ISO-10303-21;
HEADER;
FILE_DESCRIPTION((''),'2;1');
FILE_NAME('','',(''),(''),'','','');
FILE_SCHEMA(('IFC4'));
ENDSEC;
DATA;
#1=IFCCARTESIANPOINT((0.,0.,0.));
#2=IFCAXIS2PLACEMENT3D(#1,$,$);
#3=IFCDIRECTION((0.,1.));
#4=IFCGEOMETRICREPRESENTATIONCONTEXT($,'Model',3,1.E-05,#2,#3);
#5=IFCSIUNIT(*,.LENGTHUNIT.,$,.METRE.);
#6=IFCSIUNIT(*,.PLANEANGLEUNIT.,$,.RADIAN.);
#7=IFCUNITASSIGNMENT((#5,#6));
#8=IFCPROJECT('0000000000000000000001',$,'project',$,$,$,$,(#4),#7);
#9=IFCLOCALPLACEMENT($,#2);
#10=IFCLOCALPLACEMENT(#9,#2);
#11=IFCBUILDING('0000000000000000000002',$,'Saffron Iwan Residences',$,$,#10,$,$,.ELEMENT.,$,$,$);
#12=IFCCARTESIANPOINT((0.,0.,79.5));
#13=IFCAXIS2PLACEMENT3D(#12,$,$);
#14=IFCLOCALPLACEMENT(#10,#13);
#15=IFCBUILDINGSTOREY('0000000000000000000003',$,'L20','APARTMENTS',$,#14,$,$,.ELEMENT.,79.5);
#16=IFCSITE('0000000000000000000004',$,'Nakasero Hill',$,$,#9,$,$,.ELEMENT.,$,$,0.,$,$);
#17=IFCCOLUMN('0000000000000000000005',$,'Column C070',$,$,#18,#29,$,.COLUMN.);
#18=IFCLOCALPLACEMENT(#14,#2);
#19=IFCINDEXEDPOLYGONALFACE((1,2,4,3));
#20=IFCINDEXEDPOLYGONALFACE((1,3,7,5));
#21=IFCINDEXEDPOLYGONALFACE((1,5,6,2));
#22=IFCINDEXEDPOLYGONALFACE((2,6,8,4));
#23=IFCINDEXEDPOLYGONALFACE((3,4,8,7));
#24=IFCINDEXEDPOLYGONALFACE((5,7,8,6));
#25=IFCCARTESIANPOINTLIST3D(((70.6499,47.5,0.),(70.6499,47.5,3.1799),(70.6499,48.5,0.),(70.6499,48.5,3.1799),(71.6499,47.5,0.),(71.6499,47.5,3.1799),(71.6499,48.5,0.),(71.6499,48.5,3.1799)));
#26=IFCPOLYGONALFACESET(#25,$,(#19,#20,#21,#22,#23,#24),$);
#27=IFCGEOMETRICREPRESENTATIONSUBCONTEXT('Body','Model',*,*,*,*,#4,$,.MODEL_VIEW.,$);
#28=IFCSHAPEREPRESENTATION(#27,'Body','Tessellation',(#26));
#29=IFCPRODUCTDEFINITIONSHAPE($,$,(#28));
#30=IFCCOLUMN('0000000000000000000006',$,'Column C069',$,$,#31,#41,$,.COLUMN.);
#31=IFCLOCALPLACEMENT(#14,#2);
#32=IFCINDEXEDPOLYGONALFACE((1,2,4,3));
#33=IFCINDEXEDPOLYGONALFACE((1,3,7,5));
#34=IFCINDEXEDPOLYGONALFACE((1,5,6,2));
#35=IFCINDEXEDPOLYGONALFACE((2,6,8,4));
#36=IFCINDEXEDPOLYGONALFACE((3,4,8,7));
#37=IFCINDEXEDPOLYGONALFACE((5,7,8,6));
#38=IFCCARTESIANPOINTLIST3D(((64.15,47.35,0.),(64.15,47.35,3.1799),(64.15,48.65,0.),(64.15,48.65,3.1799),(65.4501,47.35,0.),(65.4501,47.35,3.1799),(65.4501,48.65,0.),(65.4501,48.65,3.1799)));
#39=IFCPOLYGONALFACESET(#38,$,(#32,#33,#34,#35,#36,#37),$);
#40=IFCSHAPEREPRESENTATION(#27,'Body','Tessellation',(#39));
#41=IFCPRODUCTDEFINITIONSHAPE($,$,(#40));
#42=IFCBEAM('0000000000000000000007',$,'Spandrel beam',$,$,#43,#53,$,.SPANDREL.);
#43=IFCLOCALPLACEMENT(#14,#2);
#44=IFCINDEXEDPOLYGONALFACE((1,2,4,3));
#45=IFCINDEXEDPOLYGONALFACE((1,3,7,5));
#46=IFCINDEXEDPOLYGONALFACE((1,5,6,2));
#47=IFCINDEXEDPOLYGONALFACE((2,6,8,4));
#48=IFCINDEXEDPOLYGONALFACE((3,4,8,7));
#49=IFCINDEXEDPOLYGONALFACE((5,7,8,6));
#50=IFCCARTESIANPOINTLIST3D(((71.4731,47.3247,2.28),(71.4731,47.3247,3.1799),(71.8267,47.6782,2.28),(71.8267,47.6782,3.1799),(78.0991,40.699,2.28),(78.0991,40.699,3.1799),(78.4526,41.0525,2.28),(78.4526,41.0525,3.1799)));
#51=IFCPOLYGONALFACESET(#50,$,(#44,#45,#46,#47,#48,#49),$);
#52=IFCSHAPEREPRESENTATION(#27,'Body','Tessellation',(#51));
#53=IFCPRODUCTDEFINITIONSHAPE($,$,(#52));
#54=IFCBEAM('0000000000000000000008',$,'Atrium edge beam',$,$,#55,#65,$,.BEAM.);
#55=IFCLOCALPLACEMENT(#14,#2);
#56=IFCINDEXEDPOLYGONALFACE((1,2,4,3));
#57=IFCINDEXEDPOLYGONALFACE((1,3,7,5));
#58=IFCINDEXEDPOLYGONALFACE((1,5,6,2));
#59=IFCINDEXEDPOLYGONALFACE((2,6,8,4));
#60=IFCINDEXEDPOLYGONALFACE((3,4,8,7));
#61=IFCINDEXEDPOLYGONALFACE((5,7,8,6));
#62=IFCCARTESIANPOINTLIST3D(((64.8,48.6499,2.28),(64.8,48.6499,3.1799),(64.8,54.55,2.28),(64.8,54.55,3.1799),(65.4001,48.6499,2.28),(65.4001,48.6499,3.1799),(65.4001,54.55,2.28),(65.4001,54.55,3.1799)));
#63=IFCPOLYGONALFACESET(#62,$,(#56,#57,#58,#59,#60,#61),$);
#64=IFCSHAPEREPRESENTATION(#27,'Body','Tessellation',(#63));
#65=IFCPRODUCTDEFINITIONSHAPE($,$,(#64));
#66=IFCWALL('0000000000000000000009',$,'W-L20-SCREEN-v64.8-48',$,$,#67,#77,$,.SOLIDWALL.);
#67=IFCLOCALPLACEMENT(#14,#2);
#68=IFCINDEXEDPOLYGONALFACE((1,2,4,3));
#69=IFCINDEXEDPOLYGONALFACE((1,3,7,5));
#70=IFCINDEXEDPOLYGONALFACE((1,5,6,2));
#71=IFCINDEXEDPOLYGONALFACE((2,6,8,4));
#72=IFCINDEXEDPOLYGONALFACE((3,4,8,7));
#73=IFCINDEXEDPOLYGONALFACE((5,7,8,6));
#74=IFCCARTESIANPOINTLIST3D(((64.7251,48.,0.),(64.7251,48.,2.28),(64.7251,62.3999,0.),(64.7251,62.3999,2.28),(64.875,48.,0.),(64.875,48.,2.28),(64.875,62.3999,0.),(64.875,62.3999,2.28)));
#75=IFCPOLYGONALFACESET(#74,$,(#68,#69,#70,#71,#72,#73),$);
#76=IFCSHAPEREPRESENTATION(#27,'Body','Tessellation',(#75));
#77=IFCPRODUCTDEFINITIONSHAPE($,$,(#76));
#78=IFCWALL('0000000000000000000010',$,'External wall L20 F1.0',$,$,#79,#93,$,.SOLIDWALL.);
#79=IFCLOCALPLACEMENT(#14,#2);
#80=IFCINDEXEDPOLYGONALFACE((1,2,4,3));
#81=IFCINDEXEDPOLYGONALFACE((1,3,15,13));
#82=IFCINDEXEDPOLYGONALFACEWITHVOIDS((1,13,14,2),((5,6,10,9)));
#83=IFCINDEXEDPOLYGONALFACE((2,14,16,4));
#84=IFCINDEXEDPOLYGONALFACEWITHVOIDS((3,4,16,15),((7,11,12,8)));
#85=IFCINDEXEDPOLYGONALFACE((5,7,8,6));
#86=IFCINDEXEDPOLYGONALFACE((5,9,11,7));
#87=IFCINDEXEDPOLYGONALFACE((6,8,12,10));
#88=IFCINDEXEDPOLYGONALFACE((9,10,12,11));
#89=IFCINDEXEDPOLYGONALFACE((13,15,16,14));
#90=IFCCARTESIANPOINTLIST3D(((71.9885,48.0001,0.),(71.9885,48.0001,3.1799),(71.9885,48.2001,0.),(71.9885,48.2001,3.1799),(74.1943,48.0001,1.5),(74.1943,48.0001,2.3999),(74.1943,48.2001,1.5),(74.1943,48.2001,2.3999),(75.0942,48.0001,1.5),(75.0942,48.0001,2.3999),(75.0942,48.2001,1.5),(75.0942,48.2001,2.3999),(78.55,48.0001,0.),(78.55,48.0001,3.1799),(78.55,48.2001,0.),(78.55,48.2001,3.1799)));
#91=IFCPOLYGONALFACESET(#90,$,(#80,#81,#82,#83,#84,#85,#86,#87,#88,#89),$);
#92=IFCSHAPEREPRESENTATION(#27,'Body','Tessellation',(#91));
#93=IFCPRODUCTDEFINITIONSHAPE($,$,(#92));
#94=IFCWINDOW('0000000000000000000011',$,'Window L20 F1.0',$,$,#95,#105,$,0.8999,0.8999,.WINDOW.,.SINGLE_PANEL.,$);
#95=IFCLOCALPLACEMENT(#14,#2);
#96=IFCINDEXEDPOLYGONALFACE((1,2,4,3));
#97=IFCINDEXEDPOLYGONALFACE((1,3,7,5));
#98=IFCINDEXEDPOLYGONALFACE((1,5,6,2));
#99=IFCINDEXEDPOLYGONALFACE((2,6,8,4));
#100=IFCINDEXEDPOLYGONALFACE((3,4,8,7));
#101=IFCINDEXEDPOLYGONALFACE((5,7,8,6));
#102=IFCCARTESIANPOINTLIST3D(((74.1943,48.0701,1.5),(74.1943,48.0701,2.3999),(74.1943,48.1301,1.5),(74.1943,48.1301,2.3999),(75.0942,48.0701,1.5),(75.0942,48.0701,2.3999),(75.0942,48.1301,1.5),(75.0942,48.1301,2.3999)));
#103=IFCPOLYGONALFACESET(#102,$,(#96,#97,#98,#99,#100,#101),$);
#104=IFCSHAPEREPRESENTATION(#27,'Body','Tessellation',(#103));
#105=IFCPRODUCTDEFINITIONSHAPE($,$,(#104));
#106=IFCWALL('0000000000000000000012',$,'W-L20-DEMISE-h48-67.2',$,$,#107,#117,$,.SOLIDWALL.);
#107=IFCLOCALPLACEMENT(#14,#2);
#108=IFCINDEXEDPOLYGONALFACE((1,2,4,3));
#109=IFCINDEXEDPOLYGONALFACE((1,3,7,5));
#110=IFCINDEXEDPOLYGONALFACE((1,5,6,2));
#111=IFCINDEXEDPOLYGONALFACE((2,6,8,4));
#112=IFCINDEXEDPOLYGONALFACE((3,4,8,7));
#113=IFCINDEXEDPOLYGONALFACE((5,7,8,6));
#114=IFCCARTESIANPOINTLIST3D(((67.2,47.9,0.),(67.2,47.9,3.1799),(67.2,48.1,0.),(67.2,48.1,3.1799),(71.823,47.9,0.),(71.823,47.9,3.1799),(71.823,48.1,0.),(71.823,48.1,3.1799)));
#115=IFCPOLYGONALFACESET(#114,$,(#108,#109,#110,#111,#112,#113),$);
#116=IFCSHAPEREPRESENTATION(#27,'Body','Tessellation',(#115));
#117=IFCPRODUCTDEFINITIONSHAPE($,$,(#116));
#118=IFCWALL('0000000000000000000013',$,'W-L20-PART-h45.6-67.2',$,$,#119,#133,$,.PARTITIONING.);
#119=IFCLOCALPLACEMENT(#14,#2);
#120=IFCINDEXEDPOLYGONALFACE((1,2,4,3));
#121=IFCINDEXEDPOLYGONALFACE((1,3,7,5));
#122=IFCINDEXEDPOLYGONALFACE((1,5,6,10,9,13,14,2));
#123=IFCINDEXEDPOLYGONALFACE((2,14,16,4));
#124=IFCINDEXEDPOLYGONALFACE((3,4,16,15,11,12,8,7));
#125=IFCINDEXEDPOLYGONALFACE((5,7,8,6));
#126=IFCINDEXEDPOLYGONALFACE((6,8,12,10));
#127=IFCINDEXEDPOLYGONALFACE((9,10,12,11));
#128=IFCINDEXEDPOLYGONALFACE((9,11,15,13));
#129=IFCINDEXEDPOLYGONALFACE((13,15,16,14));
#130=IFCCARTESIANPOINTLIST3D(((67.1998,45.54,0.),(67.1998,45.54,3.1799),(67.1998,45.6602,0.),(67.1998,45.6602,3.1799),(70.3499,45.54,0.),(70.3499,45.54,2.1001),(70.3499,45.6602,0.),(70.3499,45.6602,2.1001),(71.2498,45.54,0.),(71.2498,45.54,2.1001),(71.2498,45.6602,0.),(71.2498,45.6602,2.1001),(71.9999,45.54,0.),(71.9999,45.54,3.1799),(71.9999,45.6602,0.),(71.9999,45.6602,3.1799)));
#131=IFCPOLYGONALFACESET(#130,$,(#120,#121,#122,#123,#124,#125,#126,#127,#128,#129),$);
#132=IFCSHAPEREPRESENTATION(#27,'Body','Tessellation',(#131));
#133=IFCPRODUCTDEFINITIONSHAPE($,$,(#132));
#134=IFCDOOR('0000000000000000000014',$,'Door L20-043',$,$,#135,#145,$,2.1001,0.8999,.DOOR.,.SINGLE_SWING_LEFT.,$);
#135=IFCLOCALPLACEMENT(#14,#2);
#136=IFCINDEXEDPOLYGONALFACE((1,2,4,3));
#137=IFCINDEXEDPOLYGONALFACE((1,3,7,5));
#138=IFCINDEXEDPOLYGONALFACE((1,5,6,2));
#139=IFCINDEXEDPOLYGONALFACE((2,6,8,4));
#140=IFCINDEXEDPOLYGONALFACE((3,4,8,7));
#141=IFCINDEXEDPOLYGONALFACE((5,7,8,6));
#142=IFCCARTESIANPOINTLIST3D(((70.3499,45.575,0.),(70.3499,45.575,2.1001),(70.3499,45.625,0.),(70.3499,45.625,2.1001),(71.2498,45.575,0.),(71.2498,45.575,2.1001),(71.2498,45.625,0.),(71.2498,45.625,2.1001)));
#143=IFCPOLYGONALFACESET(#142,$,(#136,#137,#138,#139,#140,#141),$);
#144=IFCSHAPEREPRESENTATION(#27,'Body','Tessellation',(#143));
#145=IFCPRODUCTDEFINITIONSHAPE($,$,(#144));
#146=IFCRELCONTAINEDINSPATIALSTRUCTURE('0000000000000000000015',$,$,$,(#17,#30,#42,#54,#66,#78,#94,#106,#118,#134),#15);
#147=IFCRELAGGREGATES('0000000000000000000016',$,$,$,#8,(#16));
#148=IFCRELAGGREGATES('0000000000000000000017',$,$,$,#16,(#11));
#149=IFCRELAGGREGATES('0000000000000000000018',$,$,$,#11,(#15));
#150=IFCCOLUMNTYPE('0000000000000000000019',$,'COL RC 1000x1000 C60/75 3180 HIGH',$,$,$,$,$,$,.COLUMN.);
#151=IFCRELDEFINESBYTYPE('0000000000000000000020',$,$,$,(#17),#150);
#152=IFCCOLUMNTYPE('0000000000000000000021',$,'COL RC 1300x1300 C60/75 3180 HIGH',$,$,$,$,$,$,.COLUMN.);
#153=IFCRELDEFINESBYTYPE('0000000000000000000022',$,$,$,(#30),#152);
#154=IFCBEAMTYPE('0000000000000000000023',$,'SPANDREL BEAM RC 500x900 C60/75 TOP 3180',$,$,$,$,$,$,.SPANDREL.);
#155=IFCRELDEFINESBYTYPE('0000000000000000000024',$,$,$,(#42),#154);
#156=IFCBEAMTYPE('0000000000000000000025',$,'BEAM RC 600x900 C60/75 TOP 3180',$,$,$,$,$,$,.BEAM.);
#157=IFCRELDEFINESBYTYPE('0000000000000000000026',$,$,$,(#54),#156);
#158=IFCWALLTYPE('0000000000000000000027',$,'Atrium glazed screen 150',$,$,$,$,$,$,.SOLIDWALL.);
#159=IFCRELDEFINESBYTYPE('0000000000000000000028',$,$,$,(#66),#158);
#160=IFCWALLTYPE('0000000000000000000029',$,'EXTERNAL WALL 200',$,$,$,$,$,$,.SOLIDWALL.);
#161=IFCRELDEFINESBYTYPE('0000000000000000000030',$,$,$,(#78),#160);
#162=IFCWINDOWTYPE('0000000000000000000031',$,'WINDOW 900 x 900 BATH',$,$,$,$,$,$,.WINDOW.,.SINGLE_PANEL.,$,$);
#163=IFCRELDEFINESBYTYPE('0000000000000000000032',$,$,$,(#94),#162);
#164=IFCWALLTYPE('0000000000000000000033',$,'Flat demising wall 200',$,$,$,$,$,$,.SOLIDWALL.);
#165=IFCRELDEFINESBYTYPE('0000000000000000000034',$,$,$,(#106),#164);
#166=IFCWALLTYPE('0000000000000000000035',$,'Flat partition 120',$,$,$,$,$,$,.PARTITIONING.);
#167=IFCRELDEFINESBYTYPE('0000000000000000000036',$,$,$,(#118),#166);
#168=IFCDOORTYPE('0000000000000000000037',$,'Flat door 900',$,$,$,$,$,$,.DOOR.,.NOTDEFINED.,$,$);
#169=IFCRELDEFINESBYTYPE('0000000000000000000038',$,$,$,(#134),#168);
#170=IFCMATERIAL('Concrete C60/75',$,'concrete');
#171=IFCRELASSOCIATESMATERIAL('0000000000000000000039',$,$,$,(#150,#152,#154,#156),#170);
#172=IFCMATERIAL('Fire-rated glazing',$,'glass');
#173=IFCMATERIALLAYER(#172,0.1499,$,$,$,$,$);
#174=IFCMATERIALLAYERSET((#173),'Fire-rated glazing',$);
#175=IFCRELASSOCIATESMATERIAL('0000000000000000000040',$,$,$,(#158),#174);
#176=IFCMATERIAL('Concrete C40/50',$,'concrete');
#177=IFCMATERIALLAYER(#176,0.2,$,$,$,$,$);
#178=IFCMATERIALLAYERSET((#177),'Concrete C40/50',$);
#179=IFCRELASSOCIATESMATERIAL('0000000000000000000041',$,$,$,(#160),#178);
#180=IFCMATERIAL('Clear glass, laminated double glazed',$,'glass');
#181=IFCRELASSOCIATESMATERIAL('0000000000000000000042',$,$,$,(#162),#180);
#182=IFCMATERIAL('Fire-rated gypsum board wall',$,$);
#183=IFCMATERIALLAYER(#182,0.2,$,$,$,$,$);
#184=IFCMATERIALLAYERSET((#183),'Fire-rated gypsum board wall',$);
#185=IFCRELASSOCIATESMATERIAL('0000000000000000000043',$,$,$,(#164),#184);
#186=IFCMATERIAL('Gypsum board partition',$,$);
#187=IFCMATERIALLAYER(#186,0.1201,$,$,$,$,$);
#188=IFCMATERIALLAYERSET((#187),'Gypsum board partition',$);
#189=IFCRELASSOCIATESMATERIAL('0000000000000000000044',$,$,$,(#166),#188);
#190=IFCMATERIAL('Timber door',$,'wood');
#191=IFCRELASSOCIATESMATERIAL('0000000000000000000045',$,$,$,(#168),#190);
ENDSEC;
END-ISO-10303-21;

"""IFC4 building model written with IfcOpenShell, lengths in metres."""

from ifc_helpers import new_model, si_unit, direction, frame, frame_2d, origin, origin_2d, place, context, subcontext, project, spatial, rectangle, extrude, source, transform, mapped, material, layer, layer_set, material_profile, profile_set, type_object, element, fill, save


model = new_model("IFC4")

# Units and contexts
model_context = context("Model", 3, precision=1e-05, world=origin(), true_north=direction((0.0, 1.0)))
body_context = subcontext(model_context, "Body", "Model", "MODEL_VIEW")
ifc_project = project(units=[si_unit("LENGTHUNIT", "METRE"), si_unit("PLANEANGLEUNIT", "RADIAN")], contexts=[model_context])

# Site, building, storey
site_placement = place(None, origin())
site = spatial("IfcSite", under=ifc_project, at=site_placement, Name="Nakasero Hill", CompositionType="ELEMENT", RefElevation=0.0)
building_placement = place(site_placement, origin())
building = spatial("IfcBuilding", under=site, at=building_placement, Name="Saffron Iwan Residences", CompositionType="ELEMENT")
storey_placement = place(building_placement, frame((0.0, 0.0, 79.5)))
storey = spatial("IfcBuildingStorey", under=building, at=storey_placement, Name="L20", Description="APARTMENTS", CompositionType="ELEMENT", Elevation=79.5)

# Columns
ifc_material_1 = material(Name="Concrete C60/75", Category="concrete")
ifc_material_profile_1 = material_profile(ifc_material_1, rectangle(XDim=1.0, YDim=1.0, at=origin_2d()), Name="RC 1000x1000")
ifc_profile_set_1 = profile_set([ifc_material_profile_1], Name="Concrete C60/75")
column_type_1 = type_object("IfcColumnType", Name="COL RC 1000x1000 C60/75 3180 HIGH", PredefinedType="COLUMN", material=ifc_profile_set_1)
shared_shape_1 = source(origin(), body_context, "Body", "SweptSolid", [
    extrude(rectangle(XDim=1.0, YDim=1.0, at=origin_2d()), origin(), (0.0, 0.0, 1.0), 3.1799),
])
column_1_placement = place(storey_placement, frame((71.1499, 48.0, 0.0), z_axis=(0.0, 0.0, 1.0), x_axis=(1.0, 0.0, 0.0)))
element("IfcColumn", 1, at=column_1_placement, inside=storey, type_object=column_type_1, Name="Column C070", PredefinedType="COLUMN", context=body_context, shape_type="MappedRepresentation", body=[
    mapped(shared_shape_1, transform((0.0, 0.0, 0.0))),
])
ifc_material_profile_2 = material_profile(ifc_material_1, rectangle(XDim=1.3, YDim=1.3, at=origin_2d()), Name="RC 1300x1300")
ifc_profile_set_2 = profile_set([ifc_material_profile_2], Name="Concrete C60/75")
column_type_2 = type_object("IfcColumnType", Name="COL RC 1300x1300 C60/75 3180 HIGH", PredefinedType="COLUMN", material=ifc_profile_set_2)
shared_shape_2 = source(origin(), body_context, "Body", "SweptSolid", [
    extrude(rectangle(XDim=1.3, YDim=1.3, at=origin_2d()), origin(), (0.0, 0.0, 1.0), 3.1799),
])
column_2_placement = place(storey_placement, frame((64.8, 48.0, 0.0), z_axis=(0.0, 0.0, 1.0), x_axis=(1.0, 0.0, 0.0)))
element("IfcColumn", 2, at=column_2_placement, inside=storey, type_object=column_type_2, Name="Column C069", PredefinedType="COLUMN", context=body_context, shape_type="MappedRepresentation", body=[
    mapped(shared_shape_2, transform((0.0, 0.0, 0.0))),
])

# Beams
ifc_material_profile_3 = material_profile(ifc_material_1, rectangle(XDim=0.5, YDim=0.8999, at=origin_2d()), Name="RC 500x900")
ifc_profile_set_3 = profile_set([ifc_material_profile_3], Name="Concrete C60/75")
beam_type_1 = type_object("IfcBeamType", Name="SPANDREL BEAM RC 500x900 C60/75 TOP 3180", PredefinedType="SPANDREL", material=ifc_profile_set_3)
shared_shape_3 = source(origin(), body_context, "Body", "SweptSolid", [
    extrude(rectangle(XDim=0.5, YDim=0.8999, at=origin_2d()), origin(), (0.0, 0.0, 1.0), 9.3704),
])
beam_1_placement = place(storey_placement, frame((71.6499, 47.5015, 2.73), z_axis=(0.70712, -0.707094, 0.0), x_axis=(0.707094, 0.70712, 0.0)))
element("IfcBeam", 3, at=beam_1_placement, inside=storey, type_object=beam_type_1, Name="Spandrel beam", PredefinedType="SPANDREL", context=body_context, shape_type="MappedRepresentation", body=[
    mapped(shared_shape_3, transform((0.0, 0.0, 0.0))),
])
ifc_material_profile_4 = material_profile(ifc_material_1, rectangle(XDim=0.6001, YDim=0.8999, at=origin_2d()), Name="RC 600x900")
ifc_profile_set_4 = profile_set([ifc_material_profile_4], Name="Concrete C60/75")
beam_type_2 = type_object("IfcBeamType", Name="BEAM RC 600x900 C60/75 TOP 3180", PredefinedType="BEAM", material=ifc_profile_set_4)
shared_shape_4 = source(origin(), body_context, "Body", "SweptSolid", [
    extrude(rectangle(XDim=0.6001, YDim=0.8999, at=origin_2d()), origin(), (0.0, 0.0, 1.0), 5.9001),
])
beam_2_placement = place(storey_placement, frame((65.1001, 54.55, 2.73), z_axis=(0.0, -1.0, 0.0), x_axis=(1.0, 0.0, 0.0)))
element("IfcBeam", 4, at=beam_2_placement, inside=storey, type_object=beam_type_2, Name="Atrium edge beam", PredefinedType="BEAM", context=body_context, shape_type="MappedRepresentation", body=[
    mapped(shared_shape_4, transform((0.0, 0.0, 0.0))),
])

# Wall
ifc_material_2 = material(Name="Fire-rated glazing", Category="glass")
ifc_layer_1 = layer(ifc_material_2, 0.1499)
ifc_layer_set_1 = layer_set([ifc_layer_1], Name="Fire-rated glazing")
wall_type_1 = type_object("IfcWallType", Name="Atrium glazed screen 150", PredefinedType="SOLIDWALL", material=ifc_layer_set_1)
wall_1_placement = place(storey_placement, frame((64.8, 48.0, 0.0), z_axis=(0.0, 0.0, 1.0), x_axis=(0.0, 1.0, 0.0)))
element("IfcWall", 5, at=wall_1_placement, inside=storey, type_object=wall_type_1, Name="W-L20-SCREEN-v64.8-48", PredefinedType="SOLIDWALL", context=body_context, shape_type="SweptSolid", body=[
    extrude(rectangle(XDim=14.3999, YDim=0.1499, at=frame_2d((7.2, 0.0))), origin(), (0.0, 0.0, 1.0), 2.28),
])

# Wall, opening, window
ifc_material_3 = material(Name="Concrete C40/50", Category="concrete")
ifc_layer_2 = layer(ifc_material_3, 0.2)
ifc_layer_set_2 = layer_set([ifc_layer_2], Name="Concrete C40/50")
wall_type_2 = type_object("IfcWallType", Name="EXTERNAL WALL 200", PredefinedType="SOLIDWALL", material=ifc_layer_set_2)
wall_2_placement = place(storey_placement, frame((71.9885, 48.1001, 0.0), z_axis=(0.0, 0.0, 1.0), x_axis=(1.0, 0.0, 0.0)))
wall_2 = element("IfcWall", 6, at=wall_2_placement, inside=storey, type_object=wall_type_2, Name="External wall L20 F1.0", PredefinedType="SOLIDWALL", context=body_context, shape_type="SweptSolid", body=[
    extrude(rectangle(XDim=6.5615, YDim=0.2, at=frame_2d((3.2808, 0.0))), origin(), (0.0, 0.0, 1.0), 3.1799),
])
opening_1_placement = place(wall_2_placement, frame((2.2058, 0.0, 1.5)))
opening_1 = element("IfcOpeningElement", 7, at=opening_1_placement, cuts=wall_2, PredefinedType="OPENING", context=body_context, shape_type="SweptSolid", body=[
    extrude(rectangle(XDim=0.8999, YDim=0.8999, at=frame_2d((0.45, 0.45))), frame((0.0, 0.1099, 0.0), z_axis=(0.0, -1.0, 0.0), x_axis=(1.0, 0.0, 0.0)), (0.0, 0.0, 1.0), 0.22),
])
ifc_material_4 = material(Name="Clear glass, laminated double glazed", Category="glass")
window_type = type_object("IfcWindowType", Name="WINDOW 900 x 900 BATH", PartitioningType="SINGLE_PANEL", PredefinedType="WINDOW", material=ifc_material_4)
window_placement = place(opening_1_placement, origin())
window = element("IfcWindow", 8, at=window_placement, inside=storey, type_object=window_type, Name="Window L20 F1.0", OverallHeight=0.8999, OverallWidth=0.8999, PartitioningType="SINGLE_PANEL", PredefinedType="WINDOW", context=body_context, shape_type="SweptSolid", body=[
    extrude(rectangle(XDim=0.8999, YDim=0.8999, at=frame_2d((0.45, 0.45))), frame((0.0, 0.03, 0.0), z_axis=(0.0, -1.0, 0.0), x_axis=(1.0, 0.0, 0.0)), (0.0, 0.0, 1.0), 0.0601),
])
fill(opening_1, window)

# Wall
ifc_material_5 = material(Name="Fire-rated gypsum board wall")
ifc_layer_3 = layer(ifc_material_5, 0.2)
ifc_layer_set_3 = layer_set([ifc_layer_3], Name="Fire-rated gypsum board wall")
wall_type_3 = type_object("IfcWallType", Name="Flat demising wall 200", PredefinedType="SOLIDWALL", material=ifc_layer_set_3)
wall_3_placement = place(storey_placement, frame((67.2, 48.0, 0.0), z_axis=(0.0, 0.0, 1.0), x_axis=(1.0, 0.0, 0.0)))
element("IfcWall", 9, at=wall_3_placement, inside=storey, type_object=wall_type_3, Name="W-L20-DEMISE-h48-67.2", PredefinedType="SOLIDWALL", context=body_context, shape_type="SweptSolid", body=[
    extrude(rectangle(XDim=4.623, YDim=0.2, at=frame_2d((2.3115, 0.0))), origin(), (0.0, 0.0, 1.0), 3.1799),
])

# Wall, opening, door
ifc_material_6 = material(Name="Gypsum board partition")
ifc_layer_4 = layer(ifc_material_6, 0.1201)
ifc_layer_set_4 = layer_set([ifc_layer_4], Name="Gypsum board partition")
wall_type_4 = type_object("IfcWallType", Name="Flat partition 120", PredefinedType="PARTITIONING", material=ifc_layer_set_4)
wall_4_placement = place(storey_placement, frame((67.2, 45.6001, 0.0), z_axis=(0.0, 0.0, 1.0), x_axis=(1.0, 0.0, 0.0)))
wall_4 = element("IfcWall", 10, at=wall_4_placement, inside=storey, type_object=wall_type_4, Name="W-L20-PART-h45.6-67.2", PredefinedType="PARTITIONING", context=body_context, shape_type="SweptSolid", body=[
    extrude(rectangle(XDim=4.8, YDim=0.1201, at=frame_2d((2.3999, 0.0))), origin(), (0.0, 0.0, 1.0), 3.1799),
])
opening_2_placement = place(wall_4_placement, frame((3.1499, 0.0, 0.0)))
opening_2 = element("IfcOpeningElement", 11, at=opening_2_placement, cuts=wall_4, PredefinedType="OPENING", context=body_context, shape_type="SweptSolid", body=[
    extrude(rectangle(XDim=0.8999, YDim=2.1001, at=frame_2d((0.45, 1.05))), frame((0.0, 0.0701, 0.0), z_axis=(0.0, -1.0, 0.0), x_axis=(1.0, 0.0, 0.0)), (0.0, 0.0, 1.0), 0.1401),
])
ifc_material_7 = material(Name="Timber door", Category="wood")
door_type_1 = type_object("IfcDoorType", Name="Flat door 900", OperationType="NOTDEFINED", PredefinedType="DOOR", material=ifc_material_7)
door_1_placement = place(opening_2_placement, origin())
door_1 = element("IfcDoor", 12, at=door_1_placement, inside=storey, type_object=door_type_1, Name="Door L20-043", OperationType="SINGLE_SWING_LEFT", OverallHeight=2.1001, OverallWidth=0.8999, PredefinedType="DOOR", context=body_context, shape_type="SweptSolid", body=[
    extrude(rectangle(XDim=0.8999, YDim=2.1001, at=frame_2d((0.45, 1.05))), frame((0.0, 0.0249, 0.0), z_axis=(0.0, -1.0, 0.0), x_axis=(1.0, 0.0, 0.0)), (0.0, 0.0, 1.0), 0.05),
])
fill(opening_2, door_1)

save(model, "model.ifc")
